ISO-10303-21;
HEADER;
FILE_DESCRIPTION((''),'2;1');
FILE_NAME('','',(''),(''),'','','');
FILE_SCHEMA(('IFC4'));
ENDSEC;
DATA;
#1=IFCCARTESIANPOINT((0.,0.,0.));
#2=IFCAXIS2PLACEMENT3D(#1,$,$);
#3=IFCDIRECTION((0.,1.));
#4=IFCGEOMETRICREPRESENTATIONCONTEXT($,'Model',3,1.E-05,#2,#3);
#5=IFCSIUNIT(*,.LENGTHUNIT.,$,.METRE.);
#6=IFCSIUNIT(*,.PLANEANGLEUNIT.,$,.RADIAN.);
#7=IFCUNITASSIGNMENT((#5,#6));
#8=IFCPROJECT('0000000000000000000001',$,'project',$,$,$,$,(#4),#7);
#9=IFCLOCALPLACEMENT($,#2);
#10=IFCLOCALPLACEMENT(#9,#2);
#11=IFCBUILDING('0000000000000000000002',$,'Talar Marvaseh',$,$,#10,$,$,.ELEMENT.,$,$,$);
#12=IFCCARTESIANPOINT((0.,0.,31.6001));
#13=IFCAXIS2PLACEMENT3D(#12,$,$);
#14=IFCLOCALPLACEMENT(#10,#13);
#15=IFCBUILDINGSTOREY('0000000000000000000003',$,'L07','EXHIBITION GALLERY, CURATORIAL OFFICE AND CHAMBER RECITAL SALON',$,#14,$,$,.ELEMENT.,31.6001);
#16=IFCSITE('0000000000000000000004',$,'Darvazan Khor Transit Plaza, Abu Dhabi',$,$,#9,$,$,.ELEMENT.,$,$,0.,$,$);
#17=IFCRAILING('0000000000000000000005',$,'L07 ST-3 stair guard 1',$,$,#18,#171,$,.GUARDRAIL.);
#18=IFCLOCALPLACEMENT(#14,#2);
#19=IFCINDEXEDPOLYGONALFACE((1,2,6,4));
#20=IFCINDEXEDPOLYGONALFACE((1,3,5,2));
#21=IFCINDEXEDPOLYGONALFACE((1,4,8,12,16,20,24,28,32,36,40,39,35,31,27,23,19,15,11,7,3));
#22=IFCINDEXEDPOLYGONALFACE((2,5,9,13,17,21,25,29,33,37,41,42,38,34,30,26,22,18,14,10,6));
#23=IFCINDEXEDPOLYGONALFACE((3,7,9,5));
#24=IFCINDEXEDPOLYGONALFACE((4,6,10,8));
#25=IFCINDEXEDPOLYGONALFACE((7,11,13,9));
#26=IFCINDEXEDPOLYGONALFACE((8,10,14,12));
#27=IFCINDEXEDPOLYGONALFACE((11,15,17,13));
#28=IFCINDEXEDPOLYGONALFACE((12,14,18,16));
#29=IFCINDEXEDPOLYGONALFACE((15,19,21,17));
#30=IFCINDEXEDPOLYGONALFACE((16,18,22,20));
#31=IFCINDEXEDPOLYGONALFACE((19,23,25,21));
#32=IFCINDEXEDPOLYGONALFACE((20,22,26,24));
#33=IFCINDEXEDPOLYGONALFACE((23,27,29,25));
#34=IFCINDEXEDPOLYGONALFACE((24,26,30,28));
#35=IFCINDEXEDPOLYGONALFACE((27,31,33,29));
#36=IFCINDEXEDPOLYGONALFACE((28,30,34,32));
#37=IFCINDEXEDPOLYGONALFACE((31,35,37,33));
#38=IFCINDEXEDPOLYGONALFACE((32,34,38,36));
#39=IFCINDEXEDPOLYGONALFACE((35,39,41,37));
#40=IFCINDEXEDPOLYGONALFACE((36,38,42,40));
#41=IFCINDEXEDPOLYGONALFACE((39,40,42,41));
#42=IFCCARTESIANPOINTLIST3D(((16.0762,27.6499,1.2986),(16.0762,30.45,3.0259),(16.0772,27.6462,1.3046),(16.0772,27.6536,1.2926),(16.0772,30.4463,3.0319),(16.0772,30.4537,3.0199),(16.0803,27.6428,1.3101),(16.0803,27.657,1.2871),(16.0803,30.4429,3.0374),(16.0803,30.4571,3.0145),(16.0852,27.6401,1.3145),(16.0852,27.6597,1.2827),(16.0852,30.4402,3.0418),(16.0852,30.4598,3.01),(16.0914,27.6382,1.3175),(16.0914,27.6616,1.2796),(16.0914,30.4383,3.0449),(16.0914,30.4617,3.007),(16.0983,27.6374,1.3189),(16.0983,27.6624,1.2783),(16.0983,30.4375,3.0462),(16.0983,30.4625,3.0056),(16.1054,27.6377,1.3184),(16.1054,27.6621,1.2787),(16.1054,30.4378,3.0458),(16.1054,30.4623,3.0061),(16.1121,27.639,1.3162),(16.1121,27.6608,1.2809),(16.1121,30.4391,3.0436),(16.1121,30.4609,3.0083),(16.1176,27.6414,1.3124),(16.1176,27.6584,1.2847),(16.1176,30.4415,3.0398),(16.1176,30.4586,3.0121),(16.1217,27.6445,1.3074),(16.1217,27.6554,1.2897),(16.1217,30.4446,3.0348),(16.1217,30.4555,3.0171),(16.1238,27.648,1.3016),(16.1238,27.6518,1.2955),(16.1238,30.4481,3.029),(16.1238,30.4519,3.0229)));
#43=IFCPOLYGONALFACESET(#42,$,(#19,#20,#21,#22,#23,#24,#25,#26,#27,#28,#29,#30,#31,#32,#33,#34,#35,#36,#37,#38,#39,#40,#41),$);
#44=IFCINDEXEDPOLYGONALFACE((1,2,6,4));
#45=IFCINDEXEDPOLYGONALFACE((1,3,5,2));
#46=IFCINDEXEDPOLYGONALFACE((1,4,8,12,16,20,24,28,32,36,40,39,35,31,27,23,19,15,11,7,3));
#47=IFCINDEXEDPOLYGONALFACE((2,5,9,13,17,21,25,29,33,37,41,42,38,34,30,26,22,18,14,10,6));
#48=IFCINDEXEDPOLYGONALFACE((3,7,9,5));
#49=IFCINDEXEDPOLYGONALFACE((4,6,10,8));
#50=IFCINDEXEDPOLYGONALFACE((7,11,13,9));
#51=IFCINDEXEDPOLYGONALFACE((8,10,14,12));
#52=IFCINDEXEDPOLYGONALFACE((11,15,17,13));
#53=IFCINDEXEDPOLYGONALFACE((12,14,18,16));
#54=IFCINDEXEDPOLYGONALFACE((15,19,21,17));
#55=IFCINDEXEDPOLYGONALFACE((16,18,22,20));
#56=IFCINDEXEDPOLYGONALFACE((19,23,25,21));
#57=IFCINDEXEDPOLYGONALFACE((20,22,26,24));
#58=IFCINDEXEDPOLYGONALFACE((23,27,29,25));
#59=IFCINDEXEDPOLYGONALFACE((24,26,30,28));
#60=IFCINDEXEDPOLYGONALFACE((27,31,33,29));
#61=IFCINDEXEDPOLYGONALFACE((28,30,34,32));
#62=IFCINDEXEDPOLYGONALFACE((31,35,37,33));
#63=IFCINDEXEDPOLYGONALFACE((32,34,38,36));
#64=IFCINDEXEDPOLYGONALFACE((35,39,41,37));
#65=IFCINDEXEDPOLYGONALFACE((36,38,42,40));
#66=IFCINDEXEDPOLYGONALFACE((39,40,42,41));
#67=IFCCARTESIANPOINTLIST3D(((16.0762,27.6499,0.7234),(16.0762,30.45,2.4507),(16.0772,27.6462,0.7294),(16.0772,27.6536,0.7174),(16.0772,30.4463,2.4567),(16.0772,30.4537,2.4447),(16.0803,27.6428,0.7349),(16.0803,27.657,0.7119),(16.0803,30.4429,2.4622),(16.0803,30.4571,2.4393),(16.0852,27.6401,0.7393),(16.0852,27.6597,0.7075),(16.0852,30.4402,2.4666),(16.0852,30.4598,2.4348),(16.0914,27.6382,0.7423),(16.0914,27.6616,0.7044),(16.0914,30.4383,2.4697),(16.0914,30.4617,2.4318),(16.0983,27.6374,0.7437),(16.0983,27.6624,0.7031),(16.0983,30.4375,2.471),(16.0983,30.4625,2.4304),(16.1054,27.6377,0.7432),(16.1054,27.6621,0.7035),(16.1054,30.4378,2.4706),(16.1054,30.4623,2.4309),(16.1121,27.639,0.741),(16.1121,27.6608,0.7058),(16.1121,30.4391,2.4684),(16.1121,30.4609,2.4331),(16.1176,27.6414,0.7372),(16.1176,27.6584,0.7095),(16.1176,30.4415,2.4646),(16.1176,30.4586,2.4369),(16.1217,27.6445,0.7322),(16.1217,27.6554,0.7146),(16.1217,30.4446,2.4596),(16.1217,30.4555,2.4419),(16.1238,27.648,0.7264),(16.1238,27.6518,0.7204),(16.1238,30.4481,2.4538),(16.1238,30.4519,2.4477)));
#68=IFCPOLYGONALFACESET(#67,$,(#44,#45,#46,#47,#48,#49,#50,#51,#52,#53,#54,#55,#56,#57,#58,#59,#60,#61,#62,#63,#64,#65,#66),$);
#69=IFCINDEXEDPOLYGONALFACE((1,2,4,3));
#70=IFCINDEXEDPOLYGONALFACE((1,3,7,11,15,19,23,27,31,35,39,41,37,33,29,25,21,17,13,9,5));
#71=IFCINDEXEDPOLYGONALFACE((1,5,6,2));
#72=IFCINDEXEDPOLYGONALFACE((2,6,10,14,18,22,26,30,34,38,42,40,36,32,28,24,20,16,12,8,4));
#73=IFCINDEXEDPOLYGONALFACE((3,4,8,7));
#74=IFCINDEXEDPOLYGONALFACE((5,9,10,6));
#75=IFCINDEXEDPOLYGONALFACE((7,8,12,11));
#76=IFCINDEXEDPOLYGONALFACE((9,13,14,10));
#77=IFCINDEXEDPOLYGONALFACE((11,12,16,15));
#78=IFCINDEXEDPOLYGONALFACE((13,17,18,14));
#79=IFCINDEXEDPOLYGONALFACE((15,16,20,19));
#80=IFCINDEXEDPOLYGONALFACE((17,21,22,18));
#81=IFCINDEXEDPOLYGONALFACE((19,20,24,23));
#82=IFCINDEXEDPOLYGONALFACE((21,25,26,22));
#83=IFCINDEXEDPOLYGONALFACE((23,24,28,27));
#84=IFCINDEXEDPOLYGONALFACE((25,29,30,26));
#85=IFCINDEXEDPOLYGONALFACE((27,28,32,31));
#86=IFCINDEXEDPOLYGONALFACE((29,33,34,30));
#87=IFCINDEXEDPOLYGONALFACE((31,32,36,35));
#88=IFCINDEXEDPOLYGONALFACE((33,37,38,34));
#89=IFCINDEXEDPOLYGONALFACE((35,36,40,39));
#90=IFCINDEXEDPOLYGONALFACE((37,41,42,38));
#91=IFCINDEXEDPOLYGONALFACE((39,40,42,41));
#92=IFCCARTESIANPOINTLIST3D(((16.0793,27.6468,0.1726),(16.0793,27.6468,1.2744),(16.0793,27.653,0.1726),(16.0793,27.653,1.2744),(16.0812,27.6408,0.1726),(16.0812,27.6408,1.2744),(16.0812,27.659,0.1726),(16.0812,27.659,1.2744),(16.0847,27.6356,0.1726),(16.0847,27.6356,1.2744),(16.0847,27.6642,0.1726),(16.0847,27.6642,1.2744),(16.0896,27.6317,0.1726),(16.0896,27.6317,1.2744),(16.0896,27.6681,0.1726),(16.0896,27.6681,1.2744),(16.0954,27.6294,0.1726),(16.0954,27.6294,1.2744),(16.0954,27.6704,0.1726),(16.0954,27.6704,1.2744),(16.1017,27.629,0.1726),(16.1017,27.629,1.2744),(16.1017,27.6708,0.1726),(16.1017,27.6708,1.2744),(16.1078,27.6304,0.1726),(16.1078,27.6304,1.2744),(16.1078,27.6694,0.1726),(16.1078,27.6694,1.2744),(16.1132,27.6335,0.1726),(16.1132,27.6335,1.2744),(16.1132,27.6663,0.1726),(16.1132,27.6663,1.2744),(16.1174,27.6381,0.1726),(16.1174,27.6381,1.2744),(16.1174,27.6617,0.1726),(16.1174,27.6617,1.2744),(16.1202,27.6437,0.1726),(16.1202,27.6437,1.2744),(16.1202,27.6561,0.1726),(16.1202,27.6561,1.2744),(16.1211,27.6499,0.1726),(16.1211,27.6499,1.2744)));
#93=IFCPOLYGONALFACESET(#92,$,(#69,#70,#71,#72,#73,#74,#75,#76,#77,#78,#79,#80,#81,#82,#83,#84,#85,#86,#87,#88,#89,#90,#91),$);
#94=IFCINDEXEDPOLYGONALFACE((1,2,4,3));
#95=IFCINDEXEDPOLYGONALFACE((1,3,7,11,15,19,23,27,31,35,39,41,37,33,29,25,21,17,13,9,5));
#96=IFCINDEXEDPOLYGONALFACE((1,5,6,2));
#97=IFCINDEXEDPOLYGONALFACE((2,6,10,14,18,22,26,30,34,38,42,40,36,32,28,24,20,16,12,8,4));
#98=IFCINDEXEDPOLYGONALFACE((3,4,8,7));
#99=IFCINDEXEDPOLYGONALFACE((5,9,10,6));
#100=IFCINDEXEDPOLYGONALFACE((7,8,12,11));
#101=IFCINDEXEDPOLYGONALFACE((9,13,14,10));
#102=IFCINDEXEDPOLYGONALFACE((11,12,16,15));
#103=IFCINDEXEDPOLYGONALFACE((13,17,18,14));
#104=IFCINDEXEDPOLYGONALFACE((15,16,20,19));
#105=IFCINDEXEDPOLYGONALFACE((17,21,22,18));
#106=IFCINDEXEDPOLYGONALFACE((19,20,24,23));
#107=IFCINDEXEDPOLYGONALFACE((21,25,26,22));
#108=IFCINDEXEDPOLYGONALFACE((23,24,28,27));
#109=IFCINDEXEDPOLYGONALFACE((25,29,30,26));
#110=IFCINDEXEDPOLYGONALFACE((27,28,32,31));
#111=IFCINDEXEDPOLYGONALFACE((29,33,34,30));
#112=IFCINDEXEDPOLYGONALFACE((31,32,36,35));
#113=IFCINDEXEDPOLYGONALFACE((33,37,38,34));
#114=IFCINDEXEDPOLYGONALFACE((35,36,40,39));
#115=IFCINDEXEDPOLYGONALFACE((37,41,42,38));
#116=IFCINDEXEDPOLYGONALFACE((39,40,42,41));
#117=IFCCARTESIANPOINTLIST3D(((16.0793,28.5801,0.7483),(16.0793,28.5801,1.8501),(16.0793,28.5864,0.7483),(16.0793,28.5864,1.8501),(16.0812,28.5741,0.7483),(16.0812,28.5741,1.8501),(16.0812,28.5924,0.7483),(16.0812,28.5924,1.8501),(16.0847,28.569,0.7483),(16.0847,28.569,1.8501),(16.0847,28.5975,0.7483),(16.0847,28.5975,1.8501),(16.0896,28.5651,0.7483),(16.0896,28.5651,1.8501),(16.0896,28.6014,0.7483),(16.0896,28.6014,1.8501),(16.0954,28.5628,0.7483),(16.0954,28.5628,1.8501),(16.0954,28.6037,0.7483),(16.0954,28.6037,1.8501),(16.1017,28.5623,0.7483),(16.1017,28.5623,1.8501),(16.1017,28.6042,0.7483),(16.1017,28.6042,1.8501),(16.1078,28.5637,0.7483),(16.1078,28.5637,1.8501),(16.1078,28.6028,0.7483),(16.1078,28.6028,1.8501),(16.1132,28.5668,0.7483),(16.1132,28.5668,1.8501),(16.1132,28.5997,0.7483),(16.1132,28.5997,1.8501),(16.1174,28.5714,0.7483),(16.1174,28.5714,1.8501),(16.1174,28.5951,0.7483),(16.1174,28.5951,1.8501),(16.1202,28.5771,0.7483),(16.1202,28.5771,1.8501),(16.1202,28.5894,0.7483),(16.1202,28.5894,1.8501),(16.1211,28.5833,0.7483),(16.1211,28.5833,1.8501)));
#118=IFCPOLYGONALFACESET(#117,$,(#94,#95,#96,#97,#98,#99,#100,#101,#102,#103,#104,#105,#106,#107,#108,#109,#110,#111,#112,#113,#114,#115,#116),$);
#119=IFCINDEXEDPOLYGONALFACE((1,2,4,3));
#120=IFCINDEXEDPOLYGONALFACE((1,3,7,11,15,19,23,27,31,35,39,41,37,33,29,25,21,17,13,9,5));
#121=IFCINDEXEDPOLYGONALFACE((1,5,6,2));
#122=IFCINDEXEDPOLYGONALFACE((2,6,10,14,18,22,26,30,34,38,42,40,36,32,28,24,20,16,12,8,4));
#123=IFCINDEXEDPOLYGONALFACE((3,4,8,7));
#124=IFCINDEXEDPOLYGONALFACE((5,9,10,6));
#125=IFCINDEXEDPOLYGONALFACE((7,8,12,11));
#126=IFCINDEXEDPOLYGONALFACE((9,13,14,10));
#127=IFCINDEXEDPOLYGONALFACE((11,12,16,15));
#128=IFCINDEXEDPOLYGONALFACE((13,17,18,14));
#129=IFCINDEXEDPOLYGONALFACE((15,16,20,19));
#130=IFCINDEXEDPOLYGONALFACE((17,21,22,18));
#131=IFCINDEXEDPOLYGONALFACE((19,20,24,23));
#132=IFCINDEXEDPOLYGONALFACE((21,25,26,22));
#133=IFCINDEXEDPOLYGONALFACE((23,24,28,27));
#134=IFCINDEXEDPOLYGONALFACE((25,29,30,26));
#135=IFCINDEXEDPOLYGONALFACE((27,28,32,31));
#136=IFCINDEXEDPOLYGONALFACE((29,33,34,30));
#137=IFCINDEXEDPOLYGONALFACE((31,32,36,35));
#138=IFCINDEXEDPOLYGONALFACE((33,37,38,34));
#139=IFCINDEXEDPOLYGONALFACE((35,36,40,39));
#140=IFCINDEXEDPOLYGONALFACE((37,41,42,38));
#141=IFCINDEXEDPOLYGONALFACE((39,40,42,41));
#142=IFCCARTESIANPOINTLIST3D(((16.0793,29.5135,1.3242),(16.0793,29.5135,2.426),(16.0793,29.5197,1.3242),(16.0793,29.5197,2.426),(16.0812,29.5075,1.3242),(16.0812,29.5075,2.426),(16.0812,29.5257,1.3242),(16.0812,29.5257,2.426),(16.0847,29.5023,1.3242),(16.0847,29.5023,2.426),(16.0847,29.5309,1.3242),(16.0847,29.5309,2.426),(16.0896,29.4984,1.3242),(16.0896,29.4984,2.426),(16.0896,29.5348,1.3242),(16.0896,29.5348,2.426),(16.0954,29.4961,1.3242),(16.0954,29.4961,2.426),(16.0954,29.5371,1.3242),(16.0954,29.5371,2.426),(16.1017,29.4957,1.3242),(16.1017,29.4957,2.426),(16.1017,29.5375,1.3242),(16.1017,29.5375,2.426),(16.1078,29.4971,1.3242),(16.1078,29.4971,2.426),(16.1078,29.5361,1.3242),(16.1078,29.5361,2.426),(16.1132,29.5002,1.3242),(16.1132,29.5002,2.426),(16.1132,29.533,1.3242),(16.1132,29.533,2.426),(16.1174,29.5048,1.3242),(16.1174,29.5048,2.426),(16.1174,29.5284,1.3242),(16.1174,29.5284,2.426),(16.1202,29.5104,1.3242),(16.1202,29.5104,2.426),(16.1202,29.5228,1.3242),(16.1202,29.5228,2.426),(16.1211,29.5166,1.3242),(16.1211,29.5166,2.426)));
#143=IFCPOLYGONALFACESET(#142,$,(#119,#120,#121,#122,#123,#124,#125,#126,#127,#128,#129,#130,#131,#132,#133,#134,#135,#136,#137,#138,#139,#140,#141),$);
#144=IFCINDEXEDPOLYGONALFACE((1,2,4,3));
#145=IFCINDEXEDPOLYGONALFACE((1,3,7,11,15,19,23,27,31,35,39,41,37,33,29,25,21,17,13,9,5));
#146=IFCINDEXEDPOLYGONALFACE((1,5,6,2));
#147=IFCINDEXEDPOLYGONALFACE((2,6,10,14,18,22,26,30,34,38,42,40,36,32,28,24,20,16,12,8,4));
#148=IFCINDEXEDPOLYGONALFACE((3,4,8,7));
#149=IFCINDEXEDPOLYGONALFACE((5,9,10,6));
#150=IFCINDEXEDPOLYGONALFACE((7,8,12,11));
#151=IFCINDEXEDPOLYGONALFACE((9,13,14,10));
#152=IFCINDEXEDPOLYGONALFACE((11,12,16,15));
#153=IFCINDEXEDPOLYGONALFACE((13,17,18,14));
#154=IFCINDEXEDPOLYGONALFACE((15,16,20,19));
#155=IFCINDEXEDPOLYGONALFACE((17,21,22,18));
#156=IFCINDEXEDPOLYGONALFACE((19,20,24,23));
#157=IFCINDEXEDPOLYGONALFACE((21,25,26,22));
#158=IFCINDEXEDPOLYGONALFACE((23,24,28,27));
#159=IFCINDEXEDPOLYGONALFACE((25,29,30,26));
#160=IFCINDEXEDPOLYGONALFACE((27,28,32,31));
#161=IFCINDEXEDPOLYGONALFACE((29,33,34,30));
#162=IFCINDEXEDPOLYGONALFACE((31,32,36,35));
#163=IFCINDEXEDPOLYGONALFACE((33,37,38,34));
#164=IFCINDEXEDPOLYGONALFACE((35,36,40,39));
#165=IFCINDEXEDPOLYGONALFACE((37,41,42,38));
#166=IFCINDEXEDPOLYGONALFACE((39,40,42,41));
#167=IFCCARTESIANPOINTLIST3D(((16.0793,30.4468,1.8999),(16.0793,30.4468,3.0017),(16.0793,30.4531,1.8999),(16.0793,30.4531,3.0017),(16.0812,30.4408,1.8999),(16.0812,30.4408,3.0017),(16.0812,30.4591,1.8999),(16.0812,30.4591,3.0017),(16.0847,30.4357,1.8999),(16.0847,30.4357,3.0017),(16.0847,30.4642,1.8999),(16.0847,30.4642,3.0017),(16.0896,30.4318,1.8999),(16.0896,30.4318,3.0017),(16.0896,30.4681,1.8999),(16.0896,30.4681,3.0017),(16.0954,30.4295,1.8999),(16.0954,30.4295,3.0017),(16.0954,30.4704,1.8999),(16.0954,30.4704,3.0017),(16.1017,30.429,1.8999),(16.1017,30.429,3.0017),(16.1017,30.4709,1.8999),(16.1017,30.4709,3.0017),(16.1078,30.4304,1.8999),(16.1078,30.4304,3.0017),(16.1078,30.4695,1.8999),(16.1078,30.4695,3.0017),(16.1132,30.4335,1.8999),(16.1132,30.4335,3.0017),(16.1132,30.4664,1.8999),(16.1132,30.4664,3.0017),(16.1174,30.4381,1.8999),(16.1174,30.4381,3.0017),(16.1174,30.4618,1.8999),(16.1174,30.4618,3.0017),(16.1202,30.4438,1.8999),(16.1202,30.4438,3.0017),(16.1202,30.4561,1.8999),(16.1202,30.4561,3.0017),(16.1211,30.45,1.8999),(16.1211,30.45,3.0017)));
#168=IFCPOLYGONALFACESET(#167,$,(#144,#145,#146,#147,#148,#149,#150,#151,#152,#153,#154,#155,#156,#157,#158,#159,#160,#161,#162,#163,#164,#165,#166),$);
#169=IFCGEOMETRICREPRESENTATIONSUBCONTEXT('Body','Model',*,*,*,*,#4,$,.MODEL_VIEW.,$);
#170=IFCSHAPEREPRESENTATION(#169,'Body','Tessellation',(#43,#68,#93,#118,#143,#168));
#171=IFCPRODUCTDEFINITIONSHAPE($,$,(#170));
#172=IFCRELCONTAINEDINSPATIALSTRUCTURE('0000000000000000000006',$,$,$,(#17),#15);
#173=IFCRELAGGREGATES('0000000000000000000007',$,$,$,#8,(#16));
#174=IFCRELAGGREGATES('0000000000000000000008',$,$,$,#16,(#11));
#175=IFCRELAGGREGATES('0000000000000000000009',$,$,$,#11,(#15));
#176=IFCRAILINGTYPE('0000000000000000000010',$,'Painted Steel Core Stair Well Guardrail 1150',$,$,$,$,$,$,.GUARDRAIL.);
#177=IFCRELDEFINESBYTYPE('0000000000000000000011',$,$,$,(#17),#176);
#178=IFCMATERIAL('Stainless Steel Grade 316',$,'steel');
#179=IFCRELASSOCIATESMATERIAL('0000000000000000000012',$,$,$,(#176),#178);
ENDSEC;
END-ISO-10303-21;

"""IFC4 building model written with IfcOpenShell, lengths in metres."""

from ifc_helpers import new_model, si_unit, direction, frame, origin, origin_2d, place, context, subcontext, project, spatial, circle, extrude, material, type_object, element, save


model = new_model("IFC4")

# Units and contexts
model_context = context("Model", 3, precision=1e-05, world=origin(), true_north=direction((0.0, 1.0)))
body_context = subcontext(model_context, "Body", "Model", "MODEL_VIEW")
ifc_project = project(units=[si_unit("LENGTHUNIT", "METRE"), si_unit("PLANEANGLEUNIT", "RADIAN")], contexts=[model_context])

# Site, building, storey
site_placement = place(None, origin())
site = spatial("IfcSite", under=ifc_project, at=site_placement, Name="Darvazan Khor Transit Plaza, Abu Dhabi", CompositionType="ELEMENT", RefElevation=0.0)
building_placement = place(site_placement, origin())
building = spatial("IfcBuilding", under=site, at=building_placement, Name="Talar Marvaseh", CompositionType="ELEMENT")
storey_placement = place(building_placement, frame((0.0, 0.0, 31.6001)))
storey = spatial("IfcBuildingStorey", under=building, at=storey_placement, Name="L07", Description="EXHIBITION GALLERY, CURATORIAL OFFICE AND CHAMBER RECITAL SALON", CompositionType="ELEMENT", Elevation=31.6001)

# Railing
ifc_material_1 = material(Name="Stainless Steel Grade 316", Category="steel")
railing_type_1 = type_object("IfcRailingType", Name="Painted Steel Core Stair Well Guardrail 1150", PredefinedType="GUARDRAIL", material=ifc_material_1)
railing_1_placement = place(storey_placement, frame((16.1001, 27.6499, 0.1726)))
element("IfcRailing", 1, at=railing_1_placement, inside=storey, type_object=railing_type_1, Name="L07 ST-3 stair guard 1", PredefinedType="GUARDRAIL", context=body_context, shape_type="SweptSolid", body=[
    extrude(circle(Radius=0.0239, at=origin_2d()), frame((0.0, 0.0, 1.126), z_axis=(0.0, 0.85109, 0.52502), x_axis=(-1.0, 0.0, 0.0)), (0.0, 0.0, 1.0), 3.29),
    extrude(circle(Radius=0.0239, at=origin_2d()), frame((0.0, 0.0, 0.5508), z_axis=(0.0, 0.85109, 0.52502), x_axis=(-1.0, 0.0, 0.0)), (0.0, 0.0, 1.0), 3.29),
    extrude(circle(Radius=0.021, at=origin_2d()), origin(), (0.0, 0.0, 1.0), 1.1018),
    extrude(circle(Radius=0.021, at=origin_2d()), frame((0.0, 0.9333, 0.5757)), (0.0, 0.0, 1.0), 1.1018),
    extrude(circle(Radius=0.021, at=origin_2d()), frame((0.0, 1.8667, 1.1516)), (0.0, 0.0, 1.0), 1.1018),
    extrude(circle(Radius=0.021, at=origin_2d()), frame((0.0, 2.8, 1.7273)), (0.0, 0.0, 1.0), 1.1018),
])

save(model, "model.ifc")
